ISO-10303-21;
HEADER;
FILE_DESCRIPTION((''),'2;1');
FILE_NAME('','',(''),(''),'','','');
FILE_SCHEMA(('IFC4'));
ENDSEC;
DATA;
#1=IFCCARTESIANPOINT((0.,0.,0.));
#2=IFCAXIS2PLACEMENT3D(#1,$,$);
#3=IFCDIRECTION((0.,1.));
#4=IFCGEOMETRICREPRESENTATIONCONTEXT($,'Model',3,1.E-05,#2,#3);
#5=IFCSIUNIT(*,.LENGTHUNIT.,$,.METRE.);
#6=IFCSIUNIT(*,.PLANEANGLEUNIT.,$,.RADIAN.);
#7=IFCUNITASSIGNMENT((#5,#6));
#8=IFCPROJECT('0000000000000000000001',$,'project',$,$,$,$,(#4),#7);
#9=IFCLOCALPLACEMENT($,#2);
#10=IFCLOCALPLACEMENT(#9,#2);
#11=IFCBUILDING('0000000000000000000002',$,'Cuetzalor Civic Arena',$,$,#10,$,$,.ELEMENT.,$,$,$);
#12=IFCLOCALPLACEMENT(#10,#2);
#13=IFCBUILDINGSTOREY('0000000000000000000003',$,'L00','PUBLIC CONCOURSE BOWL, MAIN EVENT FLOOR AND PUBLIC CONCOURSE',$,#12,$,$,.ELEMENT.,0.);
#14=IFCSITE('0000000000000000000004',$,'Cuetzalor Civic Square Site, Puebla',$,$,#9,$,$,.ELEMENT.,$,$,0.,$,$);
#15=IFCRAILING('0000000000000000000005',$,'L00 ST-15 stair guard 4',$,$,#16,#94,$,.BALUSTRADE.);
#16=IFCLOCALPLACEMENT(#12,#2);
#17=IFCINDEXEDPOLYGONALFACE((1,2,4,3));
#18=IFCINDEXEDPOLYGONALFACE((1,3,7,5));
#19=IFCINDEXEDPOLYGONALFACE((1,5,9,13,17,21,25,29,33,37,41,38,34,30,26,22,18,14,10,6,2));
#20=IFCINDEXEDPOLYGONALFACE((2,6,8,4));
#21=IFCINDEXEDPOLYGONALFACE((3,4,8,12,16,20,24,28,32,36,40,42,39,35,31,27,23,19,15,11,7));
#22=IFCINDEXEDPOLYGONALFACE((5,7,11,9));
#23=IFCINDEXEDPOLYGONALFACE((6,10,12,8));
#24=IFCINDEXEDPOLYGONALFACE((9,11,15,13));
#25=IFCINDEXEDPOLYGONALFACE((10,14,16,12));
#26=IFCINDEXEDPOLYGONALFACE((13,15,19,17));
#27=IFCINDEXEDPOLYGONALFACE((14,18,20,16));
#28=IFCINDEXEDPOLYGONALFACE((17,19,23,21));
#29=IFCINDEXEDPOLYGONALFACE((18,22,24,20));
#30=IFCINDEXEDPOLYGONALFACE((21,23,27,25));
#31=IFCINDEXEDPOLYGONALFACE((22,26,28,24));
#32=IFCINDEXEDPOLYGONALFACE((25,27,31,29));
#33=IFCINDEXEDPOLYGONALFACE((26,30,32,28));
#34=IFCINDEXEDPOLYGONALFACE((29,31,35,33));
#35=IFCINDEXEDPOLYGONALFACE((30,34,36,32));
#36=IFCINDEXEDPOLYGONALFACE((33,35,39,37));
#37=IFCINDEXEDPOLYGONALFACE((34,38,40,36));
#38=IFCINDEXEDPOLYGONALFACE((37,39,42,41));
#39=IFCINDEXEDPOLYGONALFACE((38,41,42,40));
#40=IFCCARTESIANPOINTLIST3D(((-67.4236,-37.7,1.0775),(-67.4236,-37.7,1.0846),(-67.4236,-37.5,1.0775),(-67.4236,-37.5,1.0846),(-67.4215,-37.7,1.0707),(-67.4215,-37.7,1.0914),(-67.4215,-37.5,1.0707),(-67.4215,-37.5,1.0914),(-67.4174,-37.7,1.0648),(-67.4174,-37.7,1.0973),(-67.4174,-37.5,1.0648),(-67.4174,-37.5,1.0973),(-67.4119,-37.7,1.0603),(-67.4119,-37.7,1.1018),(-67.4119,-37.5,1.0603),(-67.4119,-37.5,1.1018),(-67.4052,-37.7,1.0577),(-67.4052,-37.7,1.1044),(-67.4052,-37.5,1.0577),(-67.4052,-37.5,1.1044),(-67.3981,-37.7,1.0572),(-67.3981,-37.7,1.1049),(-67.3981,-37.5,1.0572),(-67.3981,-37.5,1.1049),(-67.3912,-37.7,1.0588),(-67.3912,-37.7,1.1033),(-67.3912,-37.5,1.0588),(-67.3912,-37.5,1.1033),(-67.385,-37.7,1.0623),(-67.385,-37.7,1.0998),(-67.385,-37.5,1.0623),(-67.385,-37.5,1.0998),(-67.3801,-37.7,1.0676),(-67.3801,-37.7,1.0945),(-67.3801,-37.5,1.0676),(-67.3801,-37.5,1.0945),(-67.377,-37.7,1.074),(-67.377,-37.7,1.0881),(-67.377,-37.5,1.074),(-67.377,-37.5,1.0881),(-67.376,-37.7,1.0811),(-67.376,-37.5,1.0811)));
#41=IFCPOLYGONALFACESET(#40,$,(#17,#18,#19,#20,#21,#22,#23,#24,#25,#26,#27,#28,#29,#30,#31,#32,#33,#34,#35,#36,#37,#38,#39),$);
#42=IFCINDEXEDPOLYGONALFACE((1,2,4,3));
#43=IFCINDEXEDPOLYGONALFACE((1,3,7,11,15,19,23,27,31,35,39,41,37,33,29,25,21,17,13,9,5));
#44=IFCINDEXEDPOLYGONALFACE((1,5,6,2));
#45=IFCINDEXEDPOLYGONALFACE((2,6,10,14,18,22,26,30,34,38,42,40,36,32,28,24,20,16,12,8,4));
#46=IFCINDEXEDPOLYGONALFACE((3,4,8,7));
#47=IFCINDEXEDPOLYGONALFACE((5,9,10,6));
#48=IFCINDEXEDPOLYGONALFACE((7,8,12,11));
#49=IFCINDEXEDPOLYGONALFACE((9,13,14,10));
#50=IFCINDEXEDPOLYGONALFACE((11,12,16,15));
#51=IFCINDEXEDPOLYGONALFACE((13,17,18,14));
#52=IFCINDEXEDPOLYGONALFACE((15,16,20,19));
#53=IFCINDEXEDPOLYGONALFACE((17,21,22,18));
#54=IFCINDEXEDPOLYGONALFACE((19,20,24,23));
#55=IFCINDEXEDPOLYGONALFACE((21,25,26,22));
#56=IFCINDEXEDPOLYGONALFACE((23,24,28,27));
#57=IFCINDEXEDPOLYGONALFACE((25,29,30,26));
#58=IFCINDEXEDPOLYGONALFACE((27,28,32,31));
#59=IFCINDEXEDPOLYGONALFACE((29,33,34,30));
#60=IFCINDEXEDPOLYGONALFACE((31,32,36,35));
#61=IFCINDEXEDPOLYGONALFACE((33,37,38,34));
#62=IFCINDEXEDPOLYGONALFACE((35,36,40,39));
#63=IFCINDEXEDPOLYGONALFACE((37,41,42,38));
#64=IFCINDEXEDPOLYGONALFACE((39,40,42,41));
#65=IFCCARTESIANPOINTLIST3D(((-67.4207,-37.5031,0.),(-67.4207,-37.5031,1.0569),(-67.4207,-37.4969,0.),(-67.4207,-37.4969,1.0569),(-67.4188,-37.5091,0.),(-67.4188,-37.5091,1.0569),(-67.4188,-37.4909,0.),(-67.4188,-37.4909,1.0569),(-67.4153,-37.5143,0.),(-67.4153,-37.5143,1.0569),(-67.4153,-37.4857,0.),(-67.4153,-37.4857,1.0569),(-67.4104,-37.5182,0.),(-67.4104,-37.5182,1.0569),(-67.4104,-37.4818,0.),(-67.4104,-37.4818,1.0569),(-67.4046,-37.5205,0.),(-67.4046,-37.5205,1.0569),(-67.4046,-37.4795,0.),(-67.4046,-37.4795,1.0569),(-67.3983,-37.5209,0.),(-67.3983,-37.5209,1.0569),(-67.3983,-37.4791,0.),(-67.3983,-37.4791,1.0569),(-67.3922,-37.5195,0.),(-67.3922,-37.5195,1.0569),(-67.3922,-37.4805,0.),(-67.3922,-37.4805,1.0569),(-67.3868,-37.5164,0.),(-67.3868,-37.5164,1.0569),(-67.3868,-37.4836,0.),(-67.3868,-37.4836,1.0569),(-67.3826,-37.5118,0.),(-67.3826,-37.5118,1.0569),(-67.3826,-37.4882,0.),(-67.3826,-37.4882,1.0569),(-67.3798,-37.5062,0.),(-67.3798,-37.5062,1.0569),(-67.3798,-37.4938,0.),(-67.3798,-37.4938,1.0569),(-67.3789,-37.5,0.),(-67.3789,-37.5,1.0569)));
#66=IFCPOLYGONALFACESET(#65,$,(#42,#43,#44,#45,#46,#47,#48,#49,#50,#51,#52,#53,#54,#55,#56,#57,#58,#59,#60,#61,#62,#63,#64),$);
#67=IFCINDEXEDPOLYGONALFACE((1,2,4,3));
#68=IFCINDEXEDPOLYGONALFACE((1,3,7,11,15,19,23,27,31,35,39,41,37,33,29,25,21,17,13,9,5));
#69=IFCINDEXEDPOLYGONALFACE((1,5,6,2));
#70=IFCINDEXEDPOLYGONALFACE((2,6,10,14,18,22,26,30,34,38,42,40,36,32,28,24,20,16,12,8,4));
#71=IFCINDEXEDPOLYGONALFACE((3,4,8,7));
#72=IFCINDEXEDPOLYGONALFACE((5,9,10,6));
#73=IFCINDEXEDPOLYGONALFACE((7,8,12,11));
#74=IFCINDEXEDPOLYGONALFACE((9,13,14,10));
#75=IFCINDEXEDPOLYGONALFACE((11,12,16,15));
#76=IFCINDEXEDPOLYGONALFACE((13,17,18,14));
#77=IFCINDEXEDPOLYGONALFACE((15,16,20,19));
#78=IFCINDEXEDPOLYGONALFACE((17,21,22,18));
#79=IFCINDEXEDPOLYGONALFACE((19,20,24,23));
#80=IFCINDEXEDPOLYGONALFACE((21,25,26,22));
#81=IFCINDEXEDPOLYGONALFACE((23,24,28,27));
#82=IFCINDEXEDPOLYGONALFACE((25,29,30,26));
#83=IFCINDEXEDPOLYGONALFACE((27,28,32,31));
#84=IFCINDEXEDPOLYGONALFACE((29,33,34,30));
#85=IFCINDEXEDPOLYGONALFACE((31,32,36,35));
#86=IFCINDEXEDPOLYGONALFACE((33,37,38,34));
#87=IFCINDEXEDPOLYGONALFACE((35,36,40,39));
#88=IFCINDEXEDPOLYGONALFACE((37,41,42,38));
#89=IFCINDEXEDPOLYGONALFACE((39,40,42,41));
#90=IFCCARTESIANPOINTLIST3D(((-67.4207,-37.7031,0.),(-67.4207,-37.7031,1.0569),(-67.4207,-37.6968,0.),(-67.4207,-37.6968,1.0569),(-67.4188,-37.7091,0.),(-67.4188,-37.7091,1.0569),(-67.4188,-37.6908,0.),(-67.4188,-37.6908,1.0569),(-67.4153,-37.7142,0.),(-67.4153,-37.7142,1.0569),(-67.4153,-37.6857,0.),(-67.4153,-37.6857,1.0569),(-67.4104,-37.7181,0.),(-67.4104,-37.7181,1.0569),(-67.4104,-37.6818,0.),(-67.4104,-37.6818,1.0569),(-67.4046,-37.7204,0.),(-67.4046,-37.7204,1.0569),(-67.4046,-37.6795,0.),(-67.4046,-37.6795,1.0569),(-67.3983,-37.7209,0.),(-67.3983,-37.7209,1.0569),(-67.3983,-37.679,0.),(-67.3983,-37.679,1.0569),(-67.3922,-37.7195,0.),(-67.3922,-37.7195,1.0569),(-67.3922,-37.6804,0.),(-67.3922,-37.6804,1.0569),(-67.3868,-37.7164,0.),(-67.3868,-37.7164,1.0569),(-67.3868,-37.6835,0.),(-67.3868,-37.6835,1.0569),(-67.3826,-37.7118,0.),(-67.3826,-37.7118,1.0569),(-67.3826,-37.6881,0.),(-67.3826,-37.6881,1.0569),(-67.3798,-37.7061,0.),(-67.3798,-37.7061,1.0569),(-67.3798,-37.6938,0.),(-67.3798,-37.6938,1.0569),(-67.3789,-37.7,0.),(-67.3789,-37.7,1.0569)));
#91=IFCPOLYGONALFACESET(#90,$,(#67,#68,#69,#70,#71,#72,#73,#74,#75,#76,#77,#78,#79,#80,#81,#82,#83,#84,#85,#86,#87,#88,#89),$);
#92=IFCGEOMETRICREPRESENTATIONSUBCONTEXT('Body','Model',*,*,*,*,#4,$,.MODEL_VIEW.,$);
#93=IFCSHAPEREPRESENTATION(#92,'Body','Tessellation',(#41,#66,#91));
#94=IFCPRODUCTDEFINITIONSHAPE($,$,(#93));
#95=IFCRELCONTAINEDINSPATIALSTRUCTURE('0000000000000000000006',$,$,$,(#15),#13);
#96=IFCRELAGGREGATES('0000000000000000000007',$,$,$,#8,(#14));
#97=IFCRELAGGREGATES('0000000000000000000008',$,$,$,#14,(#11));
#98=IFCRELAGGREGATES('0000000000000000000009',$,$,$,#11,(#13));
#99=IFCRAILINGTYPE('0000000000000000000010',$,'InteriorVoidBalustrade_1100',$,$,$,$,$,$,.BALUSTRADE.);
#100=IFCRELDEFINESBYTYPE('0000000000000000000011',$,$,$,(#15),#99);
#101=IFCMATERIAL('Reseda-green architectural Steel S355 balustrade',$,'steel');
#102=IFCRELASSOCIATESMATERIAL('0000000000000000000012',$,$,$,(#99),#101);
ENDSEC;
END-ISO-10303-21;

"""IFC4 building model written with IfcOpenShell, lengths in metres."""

from ifc_helpers import new_model, si_unit, direction, frame, origin, origin_2d, place, context, subcontext, project, spatial, circle, extrude, material, type_object, element, save


model = new_model("IFC4")

# Units and contexts
model_context = context("Model", 3, precision=1e-05, world=origin(), true_north=direction((0.0, 1.0)))
body_context = subcontext(model_context, "Body", "Model", "MODEL_VIEW")
ifc_project = project(units=[si_unit("LENGTHUNIT", "METRE"), si_unit("PLANEANGLEUNIT", "RADIAN")], contexts=[model_context])

# Site, building, storey
site_placement = place(None, origin())
site = spatial("IfcSite", under=ifc_project, at=site_placement, Name="Cuetzalor Civic Square Site, Puebla", CompositionType="ELEMENT", RefElevation=0.0)
building_placement = place(site_placement, origin())
building = spatial("IfcBuilding", under=site, at=building_placement, Name="Cuetzalor Civic Arena", CompositionType="ELEMENT")
storey_placement = place(building_placement, origin())
storey = spatial("IfcBuildingStorey", under=building, at=storey_placement, Name="L00", Description="PUBLIC CONCOURSE BOWL, MAIN EVENT FLOOR AND PUBLIC CONCOURSE", CompositionType="ELEMENT", Elevation=0.0)

# Railing
ifc_material_1 = material(Name="Reseda-green architectural Steel S355 balustrade", Category="steel")
railing_type_1 = type_object("IfcRailingType", Name="InteriorVoidBalustrade_1100", PredefinedType="BALUSTRADE", material=ifc_material_1)
railing_1_placement = place(storey_placement, frame((-67.3999, -37.5, 0.0)))
element("IfcRailing", 1, at=railing_1_placement, inside=storey, type_object=railing_type_1, Name="L00 ST-15 stair guard 4", PredefinedType="BALUSTRADE", context=body_context, shape_type="SweptSolid", body=[
    extrude(circle(Radius=0.0239, at=origin_2d()), frame((0.0, 0.0, 1.0811), z_axis=(0.0, -1.0, 0.0), x_axis=(1.0, 0.0, 0.0)), (0.0, 0.0, 1.0), 0.2),
    extrude(circle(Radius=0.021, at=origin_2d()), origin(), (0.0, 0.0, 1.0), 1.0569),
    extrude(circle(Radius=0.021, at=origin_2d()), frame((0.0, -0.2, 0.0)), (0.0, 0.0, 1.0), 1.0569),
])

save(model, "model.ifc")
